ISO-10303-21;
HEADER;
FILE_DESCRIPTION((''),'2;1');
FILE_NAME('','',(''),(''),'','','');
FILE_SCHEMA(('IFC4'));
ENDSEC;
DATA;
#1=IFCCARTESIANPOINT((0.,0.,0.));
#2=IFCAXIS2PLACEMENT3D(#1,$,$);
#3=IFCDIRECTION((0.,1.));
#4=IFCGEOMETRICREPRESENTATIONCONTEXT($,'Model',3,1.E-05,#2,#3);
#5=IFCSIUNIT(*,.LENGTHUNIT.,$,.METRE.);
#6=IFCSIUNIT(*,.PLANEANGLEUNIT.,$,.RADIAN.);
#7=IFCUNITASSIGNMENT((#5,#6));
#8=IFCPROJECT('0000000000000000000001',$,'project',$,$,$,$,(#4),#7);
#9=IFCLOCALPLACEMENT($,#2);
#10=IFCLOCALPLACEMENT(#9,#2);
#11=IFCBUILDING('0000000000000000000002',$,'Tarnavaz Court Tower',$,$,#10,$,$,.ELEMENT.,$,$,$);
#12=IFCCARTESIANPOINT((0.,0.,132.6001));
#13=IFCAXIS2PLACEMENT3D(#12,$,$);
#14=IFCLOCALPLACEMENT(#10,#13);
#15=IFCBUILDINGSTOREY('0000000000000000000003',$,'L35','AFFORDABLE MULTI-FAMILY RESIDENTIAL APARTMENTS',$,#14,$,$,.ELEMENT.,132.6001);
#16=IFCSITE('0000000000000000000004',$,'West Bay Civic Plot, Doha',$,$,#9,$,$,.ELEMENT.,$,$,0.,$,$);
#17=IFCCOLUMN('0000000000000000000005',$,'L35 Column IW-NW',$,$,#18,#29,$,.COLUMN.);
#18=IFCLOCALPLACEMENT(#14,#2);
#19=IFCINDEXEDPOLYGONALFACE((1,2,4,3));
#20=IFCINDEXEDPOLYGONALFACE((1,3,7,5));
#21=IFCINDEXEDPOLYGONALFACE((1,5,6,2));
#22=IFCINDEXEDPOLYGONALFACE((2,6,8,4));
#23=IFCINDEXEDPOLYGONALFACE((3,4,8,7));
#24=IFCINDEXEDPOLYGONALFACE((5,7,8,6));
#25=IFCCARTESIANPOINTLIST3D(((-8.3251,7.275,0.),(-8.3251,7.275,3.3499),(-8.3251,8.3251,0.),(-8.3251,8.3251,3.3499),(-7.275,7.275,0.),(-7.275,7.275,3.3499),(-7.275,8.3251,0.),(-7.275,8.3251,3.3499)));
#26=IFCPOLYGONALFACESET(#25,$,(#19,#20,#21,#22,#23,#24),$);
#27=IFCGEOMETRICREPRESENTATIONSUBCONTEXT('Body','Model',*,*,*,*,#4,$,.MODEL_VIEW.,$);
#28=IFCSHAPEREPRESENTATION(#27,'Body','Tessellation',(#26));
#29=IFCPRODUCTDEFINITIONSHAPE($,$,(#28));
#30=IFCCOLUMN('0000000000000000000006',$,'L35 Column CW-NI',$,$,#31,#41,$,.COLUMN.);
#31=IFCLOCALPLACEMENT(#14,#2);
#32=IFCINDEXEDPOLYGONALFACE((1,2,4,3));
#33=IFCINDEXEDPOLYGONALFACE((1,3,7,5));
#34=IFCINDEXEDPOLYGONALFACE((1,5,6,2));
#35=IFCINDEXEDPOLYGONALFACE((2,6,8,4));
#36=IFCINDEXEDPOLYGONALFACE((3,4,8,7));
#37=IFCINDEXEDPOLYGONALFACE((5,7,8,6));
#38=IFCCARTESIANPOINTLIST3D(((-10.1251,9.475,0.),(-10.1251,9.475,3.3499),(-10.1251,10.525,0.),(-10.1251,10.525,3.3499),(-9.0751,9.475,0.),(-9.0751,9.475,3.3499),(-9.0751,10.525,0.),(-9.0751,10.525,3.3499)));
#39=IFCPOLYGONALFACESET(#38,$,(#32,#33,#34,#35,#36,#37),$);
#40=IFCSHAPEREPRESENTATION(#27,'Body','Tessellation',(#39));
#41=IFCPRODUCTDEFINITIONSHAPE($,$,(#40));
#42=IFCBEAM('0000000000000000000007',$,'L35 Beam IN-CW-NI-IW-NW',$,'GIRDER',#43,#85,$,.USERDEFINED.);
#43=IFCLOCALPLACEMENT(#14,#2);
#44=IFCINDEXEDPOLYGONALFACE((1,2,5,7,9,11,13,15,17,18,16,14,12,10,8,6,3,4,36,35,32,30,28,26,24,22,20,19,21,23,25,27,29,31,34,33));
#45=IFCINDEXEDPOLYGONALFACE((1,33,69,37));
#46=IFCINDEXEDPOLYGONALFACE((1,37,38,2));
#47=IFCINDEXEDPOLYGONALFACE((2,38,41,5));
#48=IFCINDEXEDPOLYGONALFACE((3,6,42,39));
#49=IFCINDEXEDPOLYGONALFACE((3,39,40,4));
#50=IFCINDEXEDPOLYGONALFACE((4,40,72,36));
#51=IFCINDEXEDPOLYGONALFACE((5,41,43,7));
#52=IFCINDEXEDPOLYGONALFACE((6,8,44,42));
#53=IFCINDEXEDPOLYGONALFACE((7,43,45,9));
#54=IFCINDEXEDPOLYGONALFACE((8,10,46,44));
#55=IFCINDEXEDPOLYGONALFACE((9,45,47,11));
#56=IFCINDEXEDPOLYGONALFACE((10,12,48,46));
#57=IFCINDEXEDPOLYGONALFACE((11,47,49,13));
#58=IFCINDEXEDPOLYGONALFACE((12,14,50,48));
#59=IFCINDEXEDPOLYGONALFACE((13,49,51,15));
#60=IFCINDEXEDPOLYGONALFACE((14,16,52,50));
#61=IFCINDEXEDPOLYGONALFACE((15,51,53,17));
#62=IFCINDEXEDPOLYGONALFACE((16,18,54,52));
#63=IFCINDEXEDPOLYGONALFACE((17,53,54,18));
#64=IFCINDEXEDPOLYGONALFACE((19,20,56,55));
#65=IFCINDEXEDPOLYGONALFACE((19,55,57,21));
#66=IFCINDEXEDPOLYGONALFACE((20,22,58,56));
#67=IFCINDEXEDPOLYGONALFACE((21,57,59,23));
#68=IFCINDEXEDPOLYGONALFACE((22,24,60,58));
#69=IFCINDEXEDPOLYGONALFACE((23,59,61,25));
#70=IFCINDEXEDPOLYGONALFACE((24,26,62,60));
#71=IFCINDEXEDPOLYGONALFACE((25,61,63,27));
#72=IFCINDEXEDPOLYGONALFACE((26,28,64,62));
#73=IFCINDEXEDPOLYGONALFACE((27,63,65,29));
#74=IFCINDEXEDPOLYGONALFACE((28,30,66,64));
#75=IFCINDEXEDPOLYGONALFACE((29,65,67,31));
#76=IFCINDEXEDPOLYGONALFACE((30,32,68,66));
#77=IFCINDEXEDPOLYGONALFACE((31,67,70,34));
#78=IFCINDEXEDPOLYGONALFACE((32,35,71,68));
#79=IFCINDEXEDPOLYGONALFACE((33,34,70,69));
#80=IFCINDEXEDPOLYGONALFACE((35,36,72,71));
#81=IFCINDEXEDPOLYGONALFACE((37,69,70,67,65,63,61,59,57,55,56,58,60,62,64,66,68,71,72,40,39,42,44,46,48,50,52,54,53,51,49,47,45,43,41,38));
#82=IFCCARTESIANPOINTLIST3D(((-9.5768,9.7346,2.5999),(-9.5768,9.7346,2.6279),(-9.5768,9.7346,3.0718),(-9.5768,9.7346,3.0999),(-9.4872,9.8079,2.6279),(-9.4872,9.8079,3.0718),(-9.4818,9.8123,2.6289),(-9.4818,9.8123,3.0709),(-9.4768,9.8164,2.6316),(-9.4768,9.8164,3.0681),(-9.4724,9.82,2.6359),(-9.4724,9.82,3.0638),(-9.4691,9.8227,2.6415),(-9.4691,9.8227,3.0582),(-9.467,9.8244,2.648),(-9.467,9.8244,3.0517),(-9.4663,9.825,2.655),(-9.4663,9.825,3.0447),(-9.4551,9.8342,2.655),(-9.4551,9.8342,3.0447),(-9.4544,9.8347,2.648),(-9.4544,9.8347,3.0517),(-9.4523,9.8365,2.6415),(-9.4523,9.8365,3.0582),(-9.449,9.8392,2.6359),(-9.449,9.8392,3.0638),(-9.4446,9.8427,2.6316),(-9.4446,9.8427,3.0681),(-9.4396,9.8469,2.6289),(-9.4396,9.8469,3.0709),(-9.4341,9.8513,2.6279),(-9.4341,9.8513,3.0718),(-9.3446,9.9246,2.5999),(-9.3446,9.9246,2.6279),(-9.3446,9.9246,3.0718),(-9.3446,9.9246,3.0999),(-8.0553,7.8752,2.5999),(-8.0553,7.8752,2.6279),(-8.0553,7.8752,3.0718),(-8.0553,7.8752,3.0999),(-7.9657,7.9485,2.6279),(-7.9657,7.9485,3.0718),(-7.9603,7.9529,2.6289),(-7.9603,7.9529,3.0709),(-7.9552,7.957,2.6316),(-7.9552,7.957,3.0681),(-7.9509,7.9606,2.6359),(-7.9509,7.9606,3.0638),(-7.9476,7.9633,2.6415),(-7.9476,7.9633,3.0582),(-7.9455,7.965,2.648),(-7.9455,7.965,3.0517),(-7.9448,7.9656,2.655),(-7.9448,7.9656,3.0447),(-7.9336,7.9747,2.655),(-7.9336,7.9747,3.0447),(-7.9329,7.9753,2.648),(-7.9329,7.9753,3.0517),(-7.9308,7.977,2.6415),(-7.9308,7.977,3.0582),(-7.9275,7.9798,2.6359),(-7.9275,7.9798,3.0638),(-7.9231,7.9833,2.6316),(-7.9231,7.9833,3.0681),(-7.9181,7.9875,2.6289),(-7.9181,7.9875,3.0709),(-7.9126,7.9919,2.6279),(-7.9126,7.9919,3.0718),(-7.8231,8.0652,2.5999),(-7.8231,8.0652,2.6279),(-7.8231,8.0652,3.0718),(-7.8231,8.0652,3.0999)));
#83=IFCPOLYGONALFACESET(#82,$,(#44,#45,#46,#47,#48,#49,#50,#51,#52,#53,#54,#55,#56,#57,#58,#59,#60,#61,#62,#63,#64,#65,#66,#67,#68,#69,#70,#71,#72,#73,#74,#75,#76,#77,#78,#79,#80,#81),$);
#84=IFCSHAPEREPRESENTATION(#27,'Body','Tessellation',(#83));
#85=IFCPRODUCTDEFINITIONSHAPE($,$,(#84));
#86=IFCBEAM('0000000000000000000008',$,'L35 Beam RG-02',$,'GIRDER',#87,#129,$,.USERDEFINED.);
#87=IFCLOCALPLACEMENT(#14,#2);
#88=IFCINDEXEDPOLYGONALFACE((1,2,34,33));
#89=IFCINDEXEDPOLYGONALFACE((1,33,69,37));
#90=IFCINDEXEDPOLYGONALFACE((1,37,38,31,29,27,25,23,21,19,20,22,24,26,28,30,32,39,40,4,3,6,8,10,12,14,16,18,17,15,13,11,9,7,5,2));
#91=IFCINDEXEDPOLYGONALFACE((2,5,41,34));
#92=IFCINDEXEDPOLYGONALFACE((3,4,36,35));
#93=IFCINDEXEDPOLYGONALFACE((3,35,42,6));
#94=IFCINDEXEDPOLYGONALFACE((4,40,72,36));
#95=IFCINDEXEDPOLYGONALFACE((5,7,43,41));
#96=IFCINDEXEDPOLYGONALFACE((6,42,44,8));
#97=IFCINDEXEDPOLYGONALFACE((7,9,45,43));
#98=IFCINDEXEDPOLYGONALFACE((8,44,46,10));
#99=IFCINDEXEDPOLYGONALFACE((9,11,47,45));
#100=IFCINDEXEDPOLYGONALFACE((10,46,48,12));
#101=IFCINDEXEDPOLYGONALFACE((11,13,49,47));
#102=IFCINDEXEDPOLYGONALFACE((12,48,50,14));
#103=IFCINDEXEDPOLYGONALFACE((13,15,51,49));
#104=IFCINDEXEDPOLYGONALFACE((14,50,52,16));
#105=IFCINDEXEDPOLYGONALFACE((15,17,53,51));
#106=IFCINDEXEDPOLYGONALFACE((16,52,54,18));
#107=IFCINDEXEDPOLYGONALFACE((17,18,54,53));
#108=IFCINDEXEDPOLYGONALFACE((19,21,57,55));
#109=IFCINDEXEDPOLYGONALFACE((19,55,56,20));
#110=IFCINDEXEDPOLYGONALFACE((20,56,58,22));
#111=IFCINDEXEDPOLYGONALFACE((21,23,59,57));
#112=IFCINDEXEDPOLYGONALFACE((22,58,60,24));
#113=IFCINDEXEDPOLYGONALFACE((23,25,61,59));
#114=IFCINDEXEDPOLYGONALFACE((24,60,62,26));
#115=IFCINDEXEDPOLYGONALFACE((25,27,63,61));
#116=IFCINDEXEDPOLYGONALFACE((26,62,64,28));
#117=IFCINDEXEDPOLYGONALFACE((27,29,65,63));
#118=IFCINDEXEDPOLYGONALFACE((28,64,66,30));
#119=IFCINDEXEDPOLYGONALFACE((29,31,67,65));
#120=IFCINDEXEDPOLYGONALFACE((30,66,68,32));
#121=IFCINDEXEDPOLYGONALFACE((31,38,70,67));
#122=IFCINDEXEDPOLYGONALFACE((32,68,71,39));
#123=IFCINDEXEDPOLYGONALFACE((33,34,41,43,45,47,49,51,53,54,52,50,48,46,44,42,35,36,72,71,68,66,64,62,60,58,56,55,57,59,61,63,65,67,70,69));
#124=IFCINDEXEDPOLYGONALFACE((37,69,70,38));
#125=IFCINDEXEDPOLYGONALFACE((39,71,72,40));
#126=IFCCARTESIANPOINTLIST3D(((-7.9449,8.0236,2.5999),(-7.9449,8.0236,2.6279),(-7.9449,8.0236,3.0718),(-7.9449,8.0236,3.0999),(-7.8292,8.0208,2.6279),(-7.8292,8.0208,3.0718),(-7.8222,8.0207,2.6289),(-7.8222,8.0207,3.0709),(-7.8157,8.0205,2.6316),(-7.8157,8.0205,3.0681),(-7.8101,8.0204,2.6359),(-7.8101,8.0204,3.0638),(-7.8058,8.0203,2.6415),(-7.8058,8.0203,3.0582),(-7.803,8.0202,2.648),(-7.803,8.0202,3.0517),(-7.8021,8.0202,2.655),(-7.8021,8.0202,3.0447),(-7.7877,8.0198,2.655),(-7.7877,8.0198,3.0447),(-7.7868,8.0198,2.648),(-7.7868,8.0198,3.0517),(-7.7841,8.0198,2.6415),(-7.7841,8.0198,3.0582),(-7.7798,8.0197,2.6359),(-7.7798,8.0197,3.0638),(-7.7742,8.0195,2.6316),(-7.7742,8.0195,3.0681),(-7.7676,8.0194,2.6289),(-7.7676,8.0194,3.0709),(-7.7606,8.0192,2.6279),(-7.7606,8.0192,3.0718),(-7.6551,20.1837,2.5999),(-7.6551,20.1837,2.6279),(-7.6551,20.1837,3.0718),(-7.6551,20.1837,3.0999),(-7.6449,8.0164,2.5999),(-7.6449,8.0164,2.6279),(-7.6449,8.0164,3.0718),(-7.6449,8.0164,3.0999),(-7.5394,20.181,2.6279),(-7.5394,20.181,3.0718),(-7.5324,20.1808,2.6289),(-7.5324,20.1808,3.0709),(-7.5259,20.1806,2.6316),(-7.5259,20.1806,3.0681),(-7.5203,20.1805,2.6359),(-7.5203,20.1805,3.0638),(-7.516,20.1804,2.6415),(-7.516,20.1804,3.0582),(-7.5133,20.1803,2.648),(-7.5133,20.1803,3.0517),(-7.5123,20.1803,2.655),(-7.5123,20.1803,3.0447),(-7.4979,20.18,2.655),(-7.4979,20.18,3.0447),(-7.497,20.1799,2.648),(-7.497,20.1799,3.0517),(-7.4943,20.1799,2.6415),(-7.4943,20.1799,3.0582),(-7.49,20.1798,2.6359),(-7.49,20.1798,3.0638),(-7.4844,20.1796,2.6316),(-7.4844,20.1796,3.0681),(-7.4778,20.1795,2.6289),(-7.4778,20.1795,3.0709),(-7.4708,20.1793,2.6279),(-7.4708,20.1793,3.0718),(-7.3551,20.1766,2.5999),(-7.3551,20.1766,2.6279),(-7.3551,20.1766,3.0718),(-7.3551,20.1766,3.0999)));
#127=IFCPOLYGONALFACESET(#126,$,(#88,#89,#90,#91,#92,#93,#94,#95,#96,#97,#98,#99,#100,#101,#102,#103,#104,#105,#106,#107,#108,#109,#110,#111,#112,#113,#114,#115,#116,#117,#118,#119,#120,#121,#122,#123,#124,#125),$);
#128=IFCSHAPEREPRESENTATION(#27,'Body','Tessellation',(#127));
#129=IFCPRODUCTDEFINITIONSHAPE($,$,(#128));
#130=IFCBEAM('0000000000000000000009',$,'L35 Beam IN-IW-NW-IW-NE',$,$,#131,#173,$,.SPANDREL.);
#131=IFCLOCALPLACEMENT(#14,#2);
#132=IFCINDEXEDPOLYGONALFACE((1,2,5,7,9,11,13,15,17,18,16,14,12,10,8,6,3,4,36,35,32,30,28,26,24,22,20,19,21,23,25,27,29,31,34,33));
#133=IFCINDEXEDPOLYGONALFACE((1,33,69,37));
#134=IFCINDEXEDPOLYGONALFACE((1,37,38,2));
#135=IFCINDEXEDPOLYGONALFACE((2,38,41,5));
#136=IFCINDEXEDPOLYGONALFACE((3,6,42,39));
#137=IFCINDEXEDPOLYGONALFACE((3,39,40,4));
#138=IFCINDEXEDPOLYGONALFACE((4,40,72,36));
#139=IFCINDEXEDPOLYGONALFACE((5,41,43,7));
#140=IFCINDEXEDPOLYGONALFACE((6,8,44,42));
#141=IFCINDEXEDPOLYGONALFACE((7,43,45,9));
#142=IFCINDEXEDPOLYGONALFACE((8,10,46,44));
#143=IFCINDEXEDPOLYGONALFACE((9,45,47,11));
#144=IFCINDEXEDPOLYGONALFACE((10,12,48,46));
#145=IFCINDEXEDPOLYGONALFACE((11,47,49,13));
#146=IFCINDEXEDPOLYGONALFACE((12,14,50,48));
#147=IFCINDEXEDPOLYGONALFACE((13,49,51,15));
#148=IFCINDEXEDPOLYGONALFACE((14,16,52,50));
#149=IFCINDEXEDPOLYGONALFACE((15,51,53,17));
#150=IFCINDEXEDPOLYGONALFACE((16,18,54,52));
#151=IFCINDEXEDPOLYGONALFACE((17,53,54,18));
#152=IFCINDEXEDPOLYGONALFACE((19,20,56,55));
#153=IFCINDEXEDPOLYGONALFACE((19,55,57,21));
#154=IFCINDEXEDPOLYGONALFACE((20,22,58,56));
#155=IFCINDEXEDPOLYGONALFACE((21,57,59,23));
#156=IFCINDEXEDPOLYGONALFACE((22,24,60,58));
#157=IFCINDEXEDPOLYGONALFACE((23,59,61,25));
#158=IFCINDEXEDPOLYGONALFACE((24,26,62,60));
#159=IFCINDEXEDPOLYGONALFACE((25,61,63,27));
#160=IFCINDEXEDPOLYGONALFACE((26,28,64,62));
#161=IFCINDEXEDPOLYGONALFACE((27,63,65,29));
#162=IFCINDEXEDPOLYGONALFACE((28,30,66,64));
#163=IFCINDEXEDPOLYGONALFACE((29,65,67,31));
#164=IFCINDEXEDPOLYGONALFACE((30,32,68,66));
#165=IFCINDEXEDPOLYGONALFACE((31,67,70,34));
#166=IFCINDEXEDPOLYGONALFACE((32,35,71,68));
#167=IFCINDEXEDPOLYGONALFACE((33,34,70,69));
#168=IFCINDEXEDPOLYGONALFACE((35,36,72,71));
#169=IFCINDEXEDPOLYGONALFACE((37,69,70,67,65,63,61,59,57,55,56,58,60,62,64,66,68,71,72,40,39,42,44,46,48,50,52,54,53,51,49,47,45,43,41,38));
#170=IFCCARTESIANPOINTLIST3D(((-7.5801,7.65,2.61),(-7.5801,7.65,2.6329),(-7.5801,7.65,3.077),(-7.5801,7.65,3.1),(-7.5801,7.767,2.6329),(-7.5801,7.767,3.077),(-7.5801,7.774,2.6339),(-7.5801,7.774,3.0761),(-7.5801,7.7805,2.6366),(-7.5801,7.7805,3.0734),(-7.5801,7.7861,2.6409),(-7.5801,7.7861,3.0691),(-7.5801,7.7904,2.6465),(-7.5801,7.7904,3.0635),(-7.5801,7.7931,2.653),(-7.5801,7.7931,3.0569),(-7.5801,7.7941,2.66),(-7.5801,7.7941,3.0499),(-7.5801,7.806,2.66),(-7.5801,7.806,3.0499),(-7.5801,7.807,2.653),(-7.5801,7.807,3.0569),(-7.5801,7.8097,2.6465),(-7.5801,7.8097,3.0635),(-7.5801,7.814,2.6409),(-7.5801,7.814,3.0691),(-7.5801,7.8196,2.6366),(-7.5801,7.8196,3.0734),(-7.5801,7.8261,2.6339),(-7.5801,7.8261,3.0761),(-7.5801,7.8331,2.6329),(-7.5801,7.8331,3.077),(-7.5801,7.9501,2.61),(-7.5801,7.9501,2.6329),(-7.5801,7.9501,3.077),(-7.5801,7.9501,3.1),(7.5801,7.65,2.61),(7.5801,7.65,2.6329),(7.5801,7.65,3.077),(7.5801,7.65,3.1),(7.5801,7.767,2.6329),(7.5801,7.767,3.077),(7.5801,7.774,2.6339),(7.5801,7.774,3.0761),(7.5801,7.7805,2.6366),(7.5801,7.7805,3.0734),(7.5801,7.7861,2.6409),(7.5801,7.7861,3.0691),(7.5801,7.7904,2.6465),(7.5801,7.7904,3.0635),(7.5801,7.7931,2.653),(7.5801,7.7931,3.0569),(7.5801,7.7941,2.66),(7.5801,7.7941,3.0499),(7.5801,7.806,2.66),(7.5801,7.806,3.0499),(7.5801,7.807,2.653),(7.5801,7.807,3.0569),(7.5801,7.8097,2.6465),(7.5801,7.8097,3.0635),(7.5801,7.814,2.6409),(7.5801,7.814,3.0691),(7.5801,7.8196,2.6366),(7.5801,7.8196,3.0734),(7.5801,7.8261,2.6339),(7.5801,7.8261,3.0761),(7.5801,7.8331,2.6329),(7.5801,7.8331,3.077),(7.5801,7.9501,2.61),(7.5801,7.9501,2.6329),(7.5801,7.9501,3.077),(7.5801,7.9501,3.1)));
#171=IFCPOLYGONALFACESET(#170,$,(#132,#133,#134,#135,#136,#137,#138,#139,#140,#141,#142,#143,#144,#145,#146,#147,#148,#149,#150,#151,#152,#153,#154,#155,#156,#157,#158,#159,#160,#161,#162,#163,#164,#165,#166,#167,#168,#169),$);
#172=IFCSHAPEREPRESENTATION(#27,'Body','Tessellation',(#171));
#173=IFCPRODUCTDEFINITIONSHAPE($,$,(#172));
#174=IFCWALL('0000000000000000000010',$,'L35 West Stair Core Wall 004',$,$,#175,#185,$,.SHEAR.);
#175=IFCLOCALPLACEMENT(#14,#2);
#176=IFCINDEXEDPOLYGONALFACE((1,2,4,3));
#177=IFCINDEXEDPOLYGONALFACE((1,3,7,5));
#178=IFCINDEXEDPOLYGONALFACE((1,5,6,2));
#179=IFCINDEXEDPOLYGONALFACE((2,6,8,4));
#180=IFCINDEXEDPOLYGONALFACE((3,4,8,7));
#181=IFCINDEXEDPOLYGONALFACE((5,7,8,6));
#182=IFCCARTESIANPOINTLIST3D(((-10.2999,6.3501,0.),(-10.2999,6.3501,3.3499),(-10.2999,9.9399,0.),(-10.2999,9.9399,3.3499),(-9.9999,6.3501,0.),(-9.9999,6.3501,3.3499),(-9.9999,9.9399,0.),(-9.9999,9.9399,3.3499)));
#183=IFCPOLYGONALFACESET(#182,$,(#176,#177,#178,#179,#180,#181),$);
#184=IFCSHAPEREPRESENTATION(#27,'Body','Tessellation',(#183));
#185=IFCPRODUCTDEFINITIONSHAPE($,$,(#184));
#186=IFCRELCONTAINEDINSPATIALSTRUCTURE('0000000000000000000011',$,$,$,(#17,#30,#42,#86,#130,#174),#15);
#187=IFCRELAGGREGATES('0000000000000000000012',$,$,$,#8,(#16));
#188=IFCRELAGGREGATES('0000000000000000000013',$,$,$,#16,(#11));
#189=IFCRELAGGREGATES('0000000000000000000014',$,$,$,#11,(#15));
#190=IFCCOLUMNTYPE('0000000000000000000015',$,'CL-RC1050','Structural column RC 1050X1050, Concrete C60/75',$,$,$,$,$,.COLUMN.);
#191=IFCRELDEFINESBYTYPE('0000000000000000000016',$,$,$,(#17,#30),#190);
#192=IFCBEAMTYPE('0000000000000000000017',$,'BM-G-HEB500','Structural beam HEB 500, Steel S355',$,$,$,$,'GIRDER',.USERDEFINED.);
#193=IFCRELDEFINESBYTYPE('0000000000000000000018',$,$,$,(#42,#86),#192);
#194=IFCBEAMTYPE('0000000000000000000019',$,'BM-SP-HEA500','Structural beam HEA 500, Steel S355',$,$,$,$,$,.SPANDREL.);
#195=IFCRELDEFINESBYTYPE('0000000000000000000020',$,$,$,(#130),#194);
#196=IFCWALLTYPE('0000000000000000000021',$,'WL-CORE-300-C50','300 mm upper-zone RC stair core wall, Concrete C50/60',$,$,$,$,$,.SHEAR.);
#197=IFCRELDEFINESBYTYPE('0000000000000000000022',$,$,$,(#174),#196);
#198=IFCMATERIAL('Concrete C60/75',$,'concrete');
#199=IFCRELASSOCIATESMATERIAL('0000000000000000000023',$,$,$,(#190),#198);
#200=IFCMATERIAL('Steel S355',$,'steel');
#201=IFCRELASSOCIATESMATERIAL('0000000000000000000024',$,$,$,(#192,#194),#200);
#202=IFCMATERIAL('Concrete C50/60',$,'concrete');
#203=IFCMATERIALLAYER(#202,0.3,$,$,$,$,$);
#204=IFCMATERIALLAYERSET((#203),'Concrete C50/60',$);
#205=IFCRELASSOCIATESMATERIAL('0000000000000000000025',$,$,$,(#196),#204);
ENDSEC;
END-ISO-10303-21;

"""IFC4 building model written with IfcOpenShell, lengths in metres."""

from ifc_helpers import new_model, si_unit, direction, frame, frame_2d, origin, origin_2d, place, context, subcontext, project, spatial, rectangle, i_section, extrude, material, layer, layer_set, material_profile, profile_set, type_object, element, save


model = new_model("IFC4")

# Units and contexts
model_context = context("Model", 3, precision=1e-05, world=origin(), true_north=direction((0.0, 1.0)))
body_context = subcontext(model_context, "Body", "Model", "MODEL_VIEW")
ifc_project = project(units=[si_unit("LENGTHUNIT", "METRE"), si_unit("PLANEANGLEUNIT", "RADIAN")], contexts=[model_context])

# Site, building, storey
site_placement = place(None, origin())
site = spatial("IfcSite", under=ifc_project, at=site_placement, Name="West Bay Civic Plot, Doha", CompositionType="ELEMENT", RefElevation=0.0)
building_placement = place(site_placement, origin())
building = spatial("IfcBuilding", under=site, at=building_placement, Name="Tarnavaz Court Tower", CompositionType="ELEMENT")
storey_placement = place(building_placement, frame((0.0, 0.0, 132.6001)))
storey = spatial("IfcBuildingStorey", under=building, at=storey_placement, Name="L35", Description="AFFORDABLE MULTI-FAMILY RESIDENTIAL APARTMENTS", CompositionType="ELEMENT", Elevation=132.6001)

# Columns
ifc_material_1 = material(Name="Concrete C60/75", Category="concrete")
ifc_material_profile_1 = material_profile(ifc_material_1, rectangle(XDim=1.05, YDim=1.05, at=origin_2d()), Name="RC 1050X1050")
ifc_profile_set_1 = profile_set([ifc_material_profile_1], Name="Concrete C60/75")
column_type = type_object("IfcColumnType", Name="CL-RC1050", Description="Structural column RC 1050X1050, Concrete C60/75", PredefinedType="COLUMN", material=ifc_profile_set_1)
for number, where, z_axis, x_axis, name in (
    (1, (-7.8, 7.8, 0.0), (0.0, 0.0, 1.0), (1.0, 0.0, 0.0), "L35 Column IW-NW"),
    (2, (-9.6001, 10.0, 0.0), (0.0, 0.0, 1.0), (1.0, 0.0, 0.0), "L35 Column CW-NI"),
):
    element("IfcColumn", number, at=place(storey_placement, frame(where, z_axis=z_axis, x_axis=x_axis)), inside=storey, type_object=column_type, Name=name, PredefinedType="COLUMN", context=body_context, shape_type="SweptSolid", body=[
        extrude(rectangle(XDim=1.05, YDim=1.05, at=origin_2d()), origin(), (0.0, 0.0, 1.0), 3.3499),
    ])

# Beams
ifc_material_2 = material(Name="Steel S355", Category="steel")
ifc_material_profile_2 = material_profile(ifc_material_2, i_section(OverallWidth=0.3, OverallDepth=0.5, WebThickness=0.0144, FlangeThickness=0.0281, FilletRadius=0.0271, at=origin_2d()), Name="HEB 500")
ifc_profile_set_2 = profile_set([ifc_material_profile_2], Name="Steel S355")
beam_type_1 = type_object("IfcBeamType", Name="BM-G-HEB500", Description="Structural beam HEB 500, Steel S355", ElementType="GIRDER", PredefinedType="USERDEFINED", material=ifc_profile_set_2)
beam_1_placement = place(storey_placement, frame((-9.4607, 9.8296, 2.8499), z_axis=(0.633282, -0.773921, 0.0), x_axis=(0.773921, 0.633282, 0.0)))
element("IfcBeam", 3, at=beam_1_placement, inside=storey, type_object=beam_type_1, Name="L35 Beam IN-CW-NI-IW-NW", ObjectType="GIRDER", PredefinedType="USERDEFINED", context=body_context, shape_type="SweptSolid", body=[
    extrude(i_section(OverallWidth=0.3, OverallDepth=0.5, WebThickness=0.0144, FlangeThickness=0.0281, FilletRadius=0.0271, at=origin_2d()), origin(), (0.0, 0.0, 1.0), 2.4026),
])
beam_2_placement = place(storey_placement, frame((-7.7949, 8.02, 2.8499), z_axis=(0.023825, 0.999716, 0.0), x_axis=(-0.999716, 0.023825, 0.0)))
element("IfcBeam", 4, at=beam_2_placement, inside=storey, type_object=beam_type_1, Name="L35 Beam RG-02", ObjectType="GIRDER", PredefinedType="USERDEFINED", context=body_context, shape_type="SweptSolid", body=[
    extrude(i_section(OverallWidth=0.3, OverallDepth=0.5, WebThickness=0.0144, FlangeThickness=0.0281, FilletRadius=0.0271, at=origin_2d()), origin(), (0.0, 0.0, 1.0), 12.1636),
])
ifc_material_profile_3 = material_profile(ifc_material_2, i_section(OverallWidth=0.3, OverallDepth=0.49, WebThickness=0.012, FlangeThickness=0.0229, FilletRadius=0.0271, at=origin_2d()), Name="HEA 500")
ifc_profile_set_3 = profile_set([ifc_material_profile_3], Name="Steel S355")
beam_type_2 = type_object("IfcBeamType", Name="BM-SP-HEA500", Description="Structural beam HEA 500, Steel S355", PredefinedType="SPANDREL", material=ifc_profile_set_3)
beam_3_placement = place(storey_placement, frame((-7.5801, 7.8, 2.855), z_axis=(1.0, 0.0, 0.0), x_axis=(0.0, 1.0, 0.0)))
element("IfcBeam", 5, at=beam_3_placement, inside=storey, type_object=beam_type_2, Name="L35 Beam IN-IW-NW-IW-NE", PredefinedType="SPANDREL", context=body_context, shape_type="SweptSolid", body=[
    extrude(i_section(OverallWidth=0.3, OverallDepth=0.49, WebThickness=0.012, FlangeThickness=0.0229, FilletRadius=0.0271, at=origin_2d()), origin(), (0.0, 0.0, 1.0), 15.1602),
])

# Wall
ifc_material_3 = material(Name="Concrete C50/60", Category="concrete")
ifc_layer_1 = layer(ifc_material_3, 0.3)
ifc_layer_set_1 = layer_set([ifc_layer_1], Name="Concrete C50/60")
wall_type_1 = type_object("IfcWallType", Name="WL-CORE-300-C50", Description="300 mm upper-zone RC stair core wall, Concrete C50/60", PredefinedType="SHEAR", material=ifc_layer_set_1)
wall_1_placement = place(storey_placement, frame((-10.1499, 6.3501, 0.0), z_axis=(0.0, 0.0, 1.0), x_axis=(0.0, 1.0, 0.0)))
element("IfcWall", 6, at=wall_1_placement, inside=storey, type_object=wall_type_1, Name="L35 West Stair Core Wall 004", PredefinedType="SHEAR", context=body_context, shape_type="SweptSolid", body=[
    extrude(rectangle(XDim=3.5898, YDim=0.3, at=frame_2d((1.7949, 0.0))), origin(), (0.0, 0.0, 1.0), 3.3499),
])

save(model, "model.ifc")
